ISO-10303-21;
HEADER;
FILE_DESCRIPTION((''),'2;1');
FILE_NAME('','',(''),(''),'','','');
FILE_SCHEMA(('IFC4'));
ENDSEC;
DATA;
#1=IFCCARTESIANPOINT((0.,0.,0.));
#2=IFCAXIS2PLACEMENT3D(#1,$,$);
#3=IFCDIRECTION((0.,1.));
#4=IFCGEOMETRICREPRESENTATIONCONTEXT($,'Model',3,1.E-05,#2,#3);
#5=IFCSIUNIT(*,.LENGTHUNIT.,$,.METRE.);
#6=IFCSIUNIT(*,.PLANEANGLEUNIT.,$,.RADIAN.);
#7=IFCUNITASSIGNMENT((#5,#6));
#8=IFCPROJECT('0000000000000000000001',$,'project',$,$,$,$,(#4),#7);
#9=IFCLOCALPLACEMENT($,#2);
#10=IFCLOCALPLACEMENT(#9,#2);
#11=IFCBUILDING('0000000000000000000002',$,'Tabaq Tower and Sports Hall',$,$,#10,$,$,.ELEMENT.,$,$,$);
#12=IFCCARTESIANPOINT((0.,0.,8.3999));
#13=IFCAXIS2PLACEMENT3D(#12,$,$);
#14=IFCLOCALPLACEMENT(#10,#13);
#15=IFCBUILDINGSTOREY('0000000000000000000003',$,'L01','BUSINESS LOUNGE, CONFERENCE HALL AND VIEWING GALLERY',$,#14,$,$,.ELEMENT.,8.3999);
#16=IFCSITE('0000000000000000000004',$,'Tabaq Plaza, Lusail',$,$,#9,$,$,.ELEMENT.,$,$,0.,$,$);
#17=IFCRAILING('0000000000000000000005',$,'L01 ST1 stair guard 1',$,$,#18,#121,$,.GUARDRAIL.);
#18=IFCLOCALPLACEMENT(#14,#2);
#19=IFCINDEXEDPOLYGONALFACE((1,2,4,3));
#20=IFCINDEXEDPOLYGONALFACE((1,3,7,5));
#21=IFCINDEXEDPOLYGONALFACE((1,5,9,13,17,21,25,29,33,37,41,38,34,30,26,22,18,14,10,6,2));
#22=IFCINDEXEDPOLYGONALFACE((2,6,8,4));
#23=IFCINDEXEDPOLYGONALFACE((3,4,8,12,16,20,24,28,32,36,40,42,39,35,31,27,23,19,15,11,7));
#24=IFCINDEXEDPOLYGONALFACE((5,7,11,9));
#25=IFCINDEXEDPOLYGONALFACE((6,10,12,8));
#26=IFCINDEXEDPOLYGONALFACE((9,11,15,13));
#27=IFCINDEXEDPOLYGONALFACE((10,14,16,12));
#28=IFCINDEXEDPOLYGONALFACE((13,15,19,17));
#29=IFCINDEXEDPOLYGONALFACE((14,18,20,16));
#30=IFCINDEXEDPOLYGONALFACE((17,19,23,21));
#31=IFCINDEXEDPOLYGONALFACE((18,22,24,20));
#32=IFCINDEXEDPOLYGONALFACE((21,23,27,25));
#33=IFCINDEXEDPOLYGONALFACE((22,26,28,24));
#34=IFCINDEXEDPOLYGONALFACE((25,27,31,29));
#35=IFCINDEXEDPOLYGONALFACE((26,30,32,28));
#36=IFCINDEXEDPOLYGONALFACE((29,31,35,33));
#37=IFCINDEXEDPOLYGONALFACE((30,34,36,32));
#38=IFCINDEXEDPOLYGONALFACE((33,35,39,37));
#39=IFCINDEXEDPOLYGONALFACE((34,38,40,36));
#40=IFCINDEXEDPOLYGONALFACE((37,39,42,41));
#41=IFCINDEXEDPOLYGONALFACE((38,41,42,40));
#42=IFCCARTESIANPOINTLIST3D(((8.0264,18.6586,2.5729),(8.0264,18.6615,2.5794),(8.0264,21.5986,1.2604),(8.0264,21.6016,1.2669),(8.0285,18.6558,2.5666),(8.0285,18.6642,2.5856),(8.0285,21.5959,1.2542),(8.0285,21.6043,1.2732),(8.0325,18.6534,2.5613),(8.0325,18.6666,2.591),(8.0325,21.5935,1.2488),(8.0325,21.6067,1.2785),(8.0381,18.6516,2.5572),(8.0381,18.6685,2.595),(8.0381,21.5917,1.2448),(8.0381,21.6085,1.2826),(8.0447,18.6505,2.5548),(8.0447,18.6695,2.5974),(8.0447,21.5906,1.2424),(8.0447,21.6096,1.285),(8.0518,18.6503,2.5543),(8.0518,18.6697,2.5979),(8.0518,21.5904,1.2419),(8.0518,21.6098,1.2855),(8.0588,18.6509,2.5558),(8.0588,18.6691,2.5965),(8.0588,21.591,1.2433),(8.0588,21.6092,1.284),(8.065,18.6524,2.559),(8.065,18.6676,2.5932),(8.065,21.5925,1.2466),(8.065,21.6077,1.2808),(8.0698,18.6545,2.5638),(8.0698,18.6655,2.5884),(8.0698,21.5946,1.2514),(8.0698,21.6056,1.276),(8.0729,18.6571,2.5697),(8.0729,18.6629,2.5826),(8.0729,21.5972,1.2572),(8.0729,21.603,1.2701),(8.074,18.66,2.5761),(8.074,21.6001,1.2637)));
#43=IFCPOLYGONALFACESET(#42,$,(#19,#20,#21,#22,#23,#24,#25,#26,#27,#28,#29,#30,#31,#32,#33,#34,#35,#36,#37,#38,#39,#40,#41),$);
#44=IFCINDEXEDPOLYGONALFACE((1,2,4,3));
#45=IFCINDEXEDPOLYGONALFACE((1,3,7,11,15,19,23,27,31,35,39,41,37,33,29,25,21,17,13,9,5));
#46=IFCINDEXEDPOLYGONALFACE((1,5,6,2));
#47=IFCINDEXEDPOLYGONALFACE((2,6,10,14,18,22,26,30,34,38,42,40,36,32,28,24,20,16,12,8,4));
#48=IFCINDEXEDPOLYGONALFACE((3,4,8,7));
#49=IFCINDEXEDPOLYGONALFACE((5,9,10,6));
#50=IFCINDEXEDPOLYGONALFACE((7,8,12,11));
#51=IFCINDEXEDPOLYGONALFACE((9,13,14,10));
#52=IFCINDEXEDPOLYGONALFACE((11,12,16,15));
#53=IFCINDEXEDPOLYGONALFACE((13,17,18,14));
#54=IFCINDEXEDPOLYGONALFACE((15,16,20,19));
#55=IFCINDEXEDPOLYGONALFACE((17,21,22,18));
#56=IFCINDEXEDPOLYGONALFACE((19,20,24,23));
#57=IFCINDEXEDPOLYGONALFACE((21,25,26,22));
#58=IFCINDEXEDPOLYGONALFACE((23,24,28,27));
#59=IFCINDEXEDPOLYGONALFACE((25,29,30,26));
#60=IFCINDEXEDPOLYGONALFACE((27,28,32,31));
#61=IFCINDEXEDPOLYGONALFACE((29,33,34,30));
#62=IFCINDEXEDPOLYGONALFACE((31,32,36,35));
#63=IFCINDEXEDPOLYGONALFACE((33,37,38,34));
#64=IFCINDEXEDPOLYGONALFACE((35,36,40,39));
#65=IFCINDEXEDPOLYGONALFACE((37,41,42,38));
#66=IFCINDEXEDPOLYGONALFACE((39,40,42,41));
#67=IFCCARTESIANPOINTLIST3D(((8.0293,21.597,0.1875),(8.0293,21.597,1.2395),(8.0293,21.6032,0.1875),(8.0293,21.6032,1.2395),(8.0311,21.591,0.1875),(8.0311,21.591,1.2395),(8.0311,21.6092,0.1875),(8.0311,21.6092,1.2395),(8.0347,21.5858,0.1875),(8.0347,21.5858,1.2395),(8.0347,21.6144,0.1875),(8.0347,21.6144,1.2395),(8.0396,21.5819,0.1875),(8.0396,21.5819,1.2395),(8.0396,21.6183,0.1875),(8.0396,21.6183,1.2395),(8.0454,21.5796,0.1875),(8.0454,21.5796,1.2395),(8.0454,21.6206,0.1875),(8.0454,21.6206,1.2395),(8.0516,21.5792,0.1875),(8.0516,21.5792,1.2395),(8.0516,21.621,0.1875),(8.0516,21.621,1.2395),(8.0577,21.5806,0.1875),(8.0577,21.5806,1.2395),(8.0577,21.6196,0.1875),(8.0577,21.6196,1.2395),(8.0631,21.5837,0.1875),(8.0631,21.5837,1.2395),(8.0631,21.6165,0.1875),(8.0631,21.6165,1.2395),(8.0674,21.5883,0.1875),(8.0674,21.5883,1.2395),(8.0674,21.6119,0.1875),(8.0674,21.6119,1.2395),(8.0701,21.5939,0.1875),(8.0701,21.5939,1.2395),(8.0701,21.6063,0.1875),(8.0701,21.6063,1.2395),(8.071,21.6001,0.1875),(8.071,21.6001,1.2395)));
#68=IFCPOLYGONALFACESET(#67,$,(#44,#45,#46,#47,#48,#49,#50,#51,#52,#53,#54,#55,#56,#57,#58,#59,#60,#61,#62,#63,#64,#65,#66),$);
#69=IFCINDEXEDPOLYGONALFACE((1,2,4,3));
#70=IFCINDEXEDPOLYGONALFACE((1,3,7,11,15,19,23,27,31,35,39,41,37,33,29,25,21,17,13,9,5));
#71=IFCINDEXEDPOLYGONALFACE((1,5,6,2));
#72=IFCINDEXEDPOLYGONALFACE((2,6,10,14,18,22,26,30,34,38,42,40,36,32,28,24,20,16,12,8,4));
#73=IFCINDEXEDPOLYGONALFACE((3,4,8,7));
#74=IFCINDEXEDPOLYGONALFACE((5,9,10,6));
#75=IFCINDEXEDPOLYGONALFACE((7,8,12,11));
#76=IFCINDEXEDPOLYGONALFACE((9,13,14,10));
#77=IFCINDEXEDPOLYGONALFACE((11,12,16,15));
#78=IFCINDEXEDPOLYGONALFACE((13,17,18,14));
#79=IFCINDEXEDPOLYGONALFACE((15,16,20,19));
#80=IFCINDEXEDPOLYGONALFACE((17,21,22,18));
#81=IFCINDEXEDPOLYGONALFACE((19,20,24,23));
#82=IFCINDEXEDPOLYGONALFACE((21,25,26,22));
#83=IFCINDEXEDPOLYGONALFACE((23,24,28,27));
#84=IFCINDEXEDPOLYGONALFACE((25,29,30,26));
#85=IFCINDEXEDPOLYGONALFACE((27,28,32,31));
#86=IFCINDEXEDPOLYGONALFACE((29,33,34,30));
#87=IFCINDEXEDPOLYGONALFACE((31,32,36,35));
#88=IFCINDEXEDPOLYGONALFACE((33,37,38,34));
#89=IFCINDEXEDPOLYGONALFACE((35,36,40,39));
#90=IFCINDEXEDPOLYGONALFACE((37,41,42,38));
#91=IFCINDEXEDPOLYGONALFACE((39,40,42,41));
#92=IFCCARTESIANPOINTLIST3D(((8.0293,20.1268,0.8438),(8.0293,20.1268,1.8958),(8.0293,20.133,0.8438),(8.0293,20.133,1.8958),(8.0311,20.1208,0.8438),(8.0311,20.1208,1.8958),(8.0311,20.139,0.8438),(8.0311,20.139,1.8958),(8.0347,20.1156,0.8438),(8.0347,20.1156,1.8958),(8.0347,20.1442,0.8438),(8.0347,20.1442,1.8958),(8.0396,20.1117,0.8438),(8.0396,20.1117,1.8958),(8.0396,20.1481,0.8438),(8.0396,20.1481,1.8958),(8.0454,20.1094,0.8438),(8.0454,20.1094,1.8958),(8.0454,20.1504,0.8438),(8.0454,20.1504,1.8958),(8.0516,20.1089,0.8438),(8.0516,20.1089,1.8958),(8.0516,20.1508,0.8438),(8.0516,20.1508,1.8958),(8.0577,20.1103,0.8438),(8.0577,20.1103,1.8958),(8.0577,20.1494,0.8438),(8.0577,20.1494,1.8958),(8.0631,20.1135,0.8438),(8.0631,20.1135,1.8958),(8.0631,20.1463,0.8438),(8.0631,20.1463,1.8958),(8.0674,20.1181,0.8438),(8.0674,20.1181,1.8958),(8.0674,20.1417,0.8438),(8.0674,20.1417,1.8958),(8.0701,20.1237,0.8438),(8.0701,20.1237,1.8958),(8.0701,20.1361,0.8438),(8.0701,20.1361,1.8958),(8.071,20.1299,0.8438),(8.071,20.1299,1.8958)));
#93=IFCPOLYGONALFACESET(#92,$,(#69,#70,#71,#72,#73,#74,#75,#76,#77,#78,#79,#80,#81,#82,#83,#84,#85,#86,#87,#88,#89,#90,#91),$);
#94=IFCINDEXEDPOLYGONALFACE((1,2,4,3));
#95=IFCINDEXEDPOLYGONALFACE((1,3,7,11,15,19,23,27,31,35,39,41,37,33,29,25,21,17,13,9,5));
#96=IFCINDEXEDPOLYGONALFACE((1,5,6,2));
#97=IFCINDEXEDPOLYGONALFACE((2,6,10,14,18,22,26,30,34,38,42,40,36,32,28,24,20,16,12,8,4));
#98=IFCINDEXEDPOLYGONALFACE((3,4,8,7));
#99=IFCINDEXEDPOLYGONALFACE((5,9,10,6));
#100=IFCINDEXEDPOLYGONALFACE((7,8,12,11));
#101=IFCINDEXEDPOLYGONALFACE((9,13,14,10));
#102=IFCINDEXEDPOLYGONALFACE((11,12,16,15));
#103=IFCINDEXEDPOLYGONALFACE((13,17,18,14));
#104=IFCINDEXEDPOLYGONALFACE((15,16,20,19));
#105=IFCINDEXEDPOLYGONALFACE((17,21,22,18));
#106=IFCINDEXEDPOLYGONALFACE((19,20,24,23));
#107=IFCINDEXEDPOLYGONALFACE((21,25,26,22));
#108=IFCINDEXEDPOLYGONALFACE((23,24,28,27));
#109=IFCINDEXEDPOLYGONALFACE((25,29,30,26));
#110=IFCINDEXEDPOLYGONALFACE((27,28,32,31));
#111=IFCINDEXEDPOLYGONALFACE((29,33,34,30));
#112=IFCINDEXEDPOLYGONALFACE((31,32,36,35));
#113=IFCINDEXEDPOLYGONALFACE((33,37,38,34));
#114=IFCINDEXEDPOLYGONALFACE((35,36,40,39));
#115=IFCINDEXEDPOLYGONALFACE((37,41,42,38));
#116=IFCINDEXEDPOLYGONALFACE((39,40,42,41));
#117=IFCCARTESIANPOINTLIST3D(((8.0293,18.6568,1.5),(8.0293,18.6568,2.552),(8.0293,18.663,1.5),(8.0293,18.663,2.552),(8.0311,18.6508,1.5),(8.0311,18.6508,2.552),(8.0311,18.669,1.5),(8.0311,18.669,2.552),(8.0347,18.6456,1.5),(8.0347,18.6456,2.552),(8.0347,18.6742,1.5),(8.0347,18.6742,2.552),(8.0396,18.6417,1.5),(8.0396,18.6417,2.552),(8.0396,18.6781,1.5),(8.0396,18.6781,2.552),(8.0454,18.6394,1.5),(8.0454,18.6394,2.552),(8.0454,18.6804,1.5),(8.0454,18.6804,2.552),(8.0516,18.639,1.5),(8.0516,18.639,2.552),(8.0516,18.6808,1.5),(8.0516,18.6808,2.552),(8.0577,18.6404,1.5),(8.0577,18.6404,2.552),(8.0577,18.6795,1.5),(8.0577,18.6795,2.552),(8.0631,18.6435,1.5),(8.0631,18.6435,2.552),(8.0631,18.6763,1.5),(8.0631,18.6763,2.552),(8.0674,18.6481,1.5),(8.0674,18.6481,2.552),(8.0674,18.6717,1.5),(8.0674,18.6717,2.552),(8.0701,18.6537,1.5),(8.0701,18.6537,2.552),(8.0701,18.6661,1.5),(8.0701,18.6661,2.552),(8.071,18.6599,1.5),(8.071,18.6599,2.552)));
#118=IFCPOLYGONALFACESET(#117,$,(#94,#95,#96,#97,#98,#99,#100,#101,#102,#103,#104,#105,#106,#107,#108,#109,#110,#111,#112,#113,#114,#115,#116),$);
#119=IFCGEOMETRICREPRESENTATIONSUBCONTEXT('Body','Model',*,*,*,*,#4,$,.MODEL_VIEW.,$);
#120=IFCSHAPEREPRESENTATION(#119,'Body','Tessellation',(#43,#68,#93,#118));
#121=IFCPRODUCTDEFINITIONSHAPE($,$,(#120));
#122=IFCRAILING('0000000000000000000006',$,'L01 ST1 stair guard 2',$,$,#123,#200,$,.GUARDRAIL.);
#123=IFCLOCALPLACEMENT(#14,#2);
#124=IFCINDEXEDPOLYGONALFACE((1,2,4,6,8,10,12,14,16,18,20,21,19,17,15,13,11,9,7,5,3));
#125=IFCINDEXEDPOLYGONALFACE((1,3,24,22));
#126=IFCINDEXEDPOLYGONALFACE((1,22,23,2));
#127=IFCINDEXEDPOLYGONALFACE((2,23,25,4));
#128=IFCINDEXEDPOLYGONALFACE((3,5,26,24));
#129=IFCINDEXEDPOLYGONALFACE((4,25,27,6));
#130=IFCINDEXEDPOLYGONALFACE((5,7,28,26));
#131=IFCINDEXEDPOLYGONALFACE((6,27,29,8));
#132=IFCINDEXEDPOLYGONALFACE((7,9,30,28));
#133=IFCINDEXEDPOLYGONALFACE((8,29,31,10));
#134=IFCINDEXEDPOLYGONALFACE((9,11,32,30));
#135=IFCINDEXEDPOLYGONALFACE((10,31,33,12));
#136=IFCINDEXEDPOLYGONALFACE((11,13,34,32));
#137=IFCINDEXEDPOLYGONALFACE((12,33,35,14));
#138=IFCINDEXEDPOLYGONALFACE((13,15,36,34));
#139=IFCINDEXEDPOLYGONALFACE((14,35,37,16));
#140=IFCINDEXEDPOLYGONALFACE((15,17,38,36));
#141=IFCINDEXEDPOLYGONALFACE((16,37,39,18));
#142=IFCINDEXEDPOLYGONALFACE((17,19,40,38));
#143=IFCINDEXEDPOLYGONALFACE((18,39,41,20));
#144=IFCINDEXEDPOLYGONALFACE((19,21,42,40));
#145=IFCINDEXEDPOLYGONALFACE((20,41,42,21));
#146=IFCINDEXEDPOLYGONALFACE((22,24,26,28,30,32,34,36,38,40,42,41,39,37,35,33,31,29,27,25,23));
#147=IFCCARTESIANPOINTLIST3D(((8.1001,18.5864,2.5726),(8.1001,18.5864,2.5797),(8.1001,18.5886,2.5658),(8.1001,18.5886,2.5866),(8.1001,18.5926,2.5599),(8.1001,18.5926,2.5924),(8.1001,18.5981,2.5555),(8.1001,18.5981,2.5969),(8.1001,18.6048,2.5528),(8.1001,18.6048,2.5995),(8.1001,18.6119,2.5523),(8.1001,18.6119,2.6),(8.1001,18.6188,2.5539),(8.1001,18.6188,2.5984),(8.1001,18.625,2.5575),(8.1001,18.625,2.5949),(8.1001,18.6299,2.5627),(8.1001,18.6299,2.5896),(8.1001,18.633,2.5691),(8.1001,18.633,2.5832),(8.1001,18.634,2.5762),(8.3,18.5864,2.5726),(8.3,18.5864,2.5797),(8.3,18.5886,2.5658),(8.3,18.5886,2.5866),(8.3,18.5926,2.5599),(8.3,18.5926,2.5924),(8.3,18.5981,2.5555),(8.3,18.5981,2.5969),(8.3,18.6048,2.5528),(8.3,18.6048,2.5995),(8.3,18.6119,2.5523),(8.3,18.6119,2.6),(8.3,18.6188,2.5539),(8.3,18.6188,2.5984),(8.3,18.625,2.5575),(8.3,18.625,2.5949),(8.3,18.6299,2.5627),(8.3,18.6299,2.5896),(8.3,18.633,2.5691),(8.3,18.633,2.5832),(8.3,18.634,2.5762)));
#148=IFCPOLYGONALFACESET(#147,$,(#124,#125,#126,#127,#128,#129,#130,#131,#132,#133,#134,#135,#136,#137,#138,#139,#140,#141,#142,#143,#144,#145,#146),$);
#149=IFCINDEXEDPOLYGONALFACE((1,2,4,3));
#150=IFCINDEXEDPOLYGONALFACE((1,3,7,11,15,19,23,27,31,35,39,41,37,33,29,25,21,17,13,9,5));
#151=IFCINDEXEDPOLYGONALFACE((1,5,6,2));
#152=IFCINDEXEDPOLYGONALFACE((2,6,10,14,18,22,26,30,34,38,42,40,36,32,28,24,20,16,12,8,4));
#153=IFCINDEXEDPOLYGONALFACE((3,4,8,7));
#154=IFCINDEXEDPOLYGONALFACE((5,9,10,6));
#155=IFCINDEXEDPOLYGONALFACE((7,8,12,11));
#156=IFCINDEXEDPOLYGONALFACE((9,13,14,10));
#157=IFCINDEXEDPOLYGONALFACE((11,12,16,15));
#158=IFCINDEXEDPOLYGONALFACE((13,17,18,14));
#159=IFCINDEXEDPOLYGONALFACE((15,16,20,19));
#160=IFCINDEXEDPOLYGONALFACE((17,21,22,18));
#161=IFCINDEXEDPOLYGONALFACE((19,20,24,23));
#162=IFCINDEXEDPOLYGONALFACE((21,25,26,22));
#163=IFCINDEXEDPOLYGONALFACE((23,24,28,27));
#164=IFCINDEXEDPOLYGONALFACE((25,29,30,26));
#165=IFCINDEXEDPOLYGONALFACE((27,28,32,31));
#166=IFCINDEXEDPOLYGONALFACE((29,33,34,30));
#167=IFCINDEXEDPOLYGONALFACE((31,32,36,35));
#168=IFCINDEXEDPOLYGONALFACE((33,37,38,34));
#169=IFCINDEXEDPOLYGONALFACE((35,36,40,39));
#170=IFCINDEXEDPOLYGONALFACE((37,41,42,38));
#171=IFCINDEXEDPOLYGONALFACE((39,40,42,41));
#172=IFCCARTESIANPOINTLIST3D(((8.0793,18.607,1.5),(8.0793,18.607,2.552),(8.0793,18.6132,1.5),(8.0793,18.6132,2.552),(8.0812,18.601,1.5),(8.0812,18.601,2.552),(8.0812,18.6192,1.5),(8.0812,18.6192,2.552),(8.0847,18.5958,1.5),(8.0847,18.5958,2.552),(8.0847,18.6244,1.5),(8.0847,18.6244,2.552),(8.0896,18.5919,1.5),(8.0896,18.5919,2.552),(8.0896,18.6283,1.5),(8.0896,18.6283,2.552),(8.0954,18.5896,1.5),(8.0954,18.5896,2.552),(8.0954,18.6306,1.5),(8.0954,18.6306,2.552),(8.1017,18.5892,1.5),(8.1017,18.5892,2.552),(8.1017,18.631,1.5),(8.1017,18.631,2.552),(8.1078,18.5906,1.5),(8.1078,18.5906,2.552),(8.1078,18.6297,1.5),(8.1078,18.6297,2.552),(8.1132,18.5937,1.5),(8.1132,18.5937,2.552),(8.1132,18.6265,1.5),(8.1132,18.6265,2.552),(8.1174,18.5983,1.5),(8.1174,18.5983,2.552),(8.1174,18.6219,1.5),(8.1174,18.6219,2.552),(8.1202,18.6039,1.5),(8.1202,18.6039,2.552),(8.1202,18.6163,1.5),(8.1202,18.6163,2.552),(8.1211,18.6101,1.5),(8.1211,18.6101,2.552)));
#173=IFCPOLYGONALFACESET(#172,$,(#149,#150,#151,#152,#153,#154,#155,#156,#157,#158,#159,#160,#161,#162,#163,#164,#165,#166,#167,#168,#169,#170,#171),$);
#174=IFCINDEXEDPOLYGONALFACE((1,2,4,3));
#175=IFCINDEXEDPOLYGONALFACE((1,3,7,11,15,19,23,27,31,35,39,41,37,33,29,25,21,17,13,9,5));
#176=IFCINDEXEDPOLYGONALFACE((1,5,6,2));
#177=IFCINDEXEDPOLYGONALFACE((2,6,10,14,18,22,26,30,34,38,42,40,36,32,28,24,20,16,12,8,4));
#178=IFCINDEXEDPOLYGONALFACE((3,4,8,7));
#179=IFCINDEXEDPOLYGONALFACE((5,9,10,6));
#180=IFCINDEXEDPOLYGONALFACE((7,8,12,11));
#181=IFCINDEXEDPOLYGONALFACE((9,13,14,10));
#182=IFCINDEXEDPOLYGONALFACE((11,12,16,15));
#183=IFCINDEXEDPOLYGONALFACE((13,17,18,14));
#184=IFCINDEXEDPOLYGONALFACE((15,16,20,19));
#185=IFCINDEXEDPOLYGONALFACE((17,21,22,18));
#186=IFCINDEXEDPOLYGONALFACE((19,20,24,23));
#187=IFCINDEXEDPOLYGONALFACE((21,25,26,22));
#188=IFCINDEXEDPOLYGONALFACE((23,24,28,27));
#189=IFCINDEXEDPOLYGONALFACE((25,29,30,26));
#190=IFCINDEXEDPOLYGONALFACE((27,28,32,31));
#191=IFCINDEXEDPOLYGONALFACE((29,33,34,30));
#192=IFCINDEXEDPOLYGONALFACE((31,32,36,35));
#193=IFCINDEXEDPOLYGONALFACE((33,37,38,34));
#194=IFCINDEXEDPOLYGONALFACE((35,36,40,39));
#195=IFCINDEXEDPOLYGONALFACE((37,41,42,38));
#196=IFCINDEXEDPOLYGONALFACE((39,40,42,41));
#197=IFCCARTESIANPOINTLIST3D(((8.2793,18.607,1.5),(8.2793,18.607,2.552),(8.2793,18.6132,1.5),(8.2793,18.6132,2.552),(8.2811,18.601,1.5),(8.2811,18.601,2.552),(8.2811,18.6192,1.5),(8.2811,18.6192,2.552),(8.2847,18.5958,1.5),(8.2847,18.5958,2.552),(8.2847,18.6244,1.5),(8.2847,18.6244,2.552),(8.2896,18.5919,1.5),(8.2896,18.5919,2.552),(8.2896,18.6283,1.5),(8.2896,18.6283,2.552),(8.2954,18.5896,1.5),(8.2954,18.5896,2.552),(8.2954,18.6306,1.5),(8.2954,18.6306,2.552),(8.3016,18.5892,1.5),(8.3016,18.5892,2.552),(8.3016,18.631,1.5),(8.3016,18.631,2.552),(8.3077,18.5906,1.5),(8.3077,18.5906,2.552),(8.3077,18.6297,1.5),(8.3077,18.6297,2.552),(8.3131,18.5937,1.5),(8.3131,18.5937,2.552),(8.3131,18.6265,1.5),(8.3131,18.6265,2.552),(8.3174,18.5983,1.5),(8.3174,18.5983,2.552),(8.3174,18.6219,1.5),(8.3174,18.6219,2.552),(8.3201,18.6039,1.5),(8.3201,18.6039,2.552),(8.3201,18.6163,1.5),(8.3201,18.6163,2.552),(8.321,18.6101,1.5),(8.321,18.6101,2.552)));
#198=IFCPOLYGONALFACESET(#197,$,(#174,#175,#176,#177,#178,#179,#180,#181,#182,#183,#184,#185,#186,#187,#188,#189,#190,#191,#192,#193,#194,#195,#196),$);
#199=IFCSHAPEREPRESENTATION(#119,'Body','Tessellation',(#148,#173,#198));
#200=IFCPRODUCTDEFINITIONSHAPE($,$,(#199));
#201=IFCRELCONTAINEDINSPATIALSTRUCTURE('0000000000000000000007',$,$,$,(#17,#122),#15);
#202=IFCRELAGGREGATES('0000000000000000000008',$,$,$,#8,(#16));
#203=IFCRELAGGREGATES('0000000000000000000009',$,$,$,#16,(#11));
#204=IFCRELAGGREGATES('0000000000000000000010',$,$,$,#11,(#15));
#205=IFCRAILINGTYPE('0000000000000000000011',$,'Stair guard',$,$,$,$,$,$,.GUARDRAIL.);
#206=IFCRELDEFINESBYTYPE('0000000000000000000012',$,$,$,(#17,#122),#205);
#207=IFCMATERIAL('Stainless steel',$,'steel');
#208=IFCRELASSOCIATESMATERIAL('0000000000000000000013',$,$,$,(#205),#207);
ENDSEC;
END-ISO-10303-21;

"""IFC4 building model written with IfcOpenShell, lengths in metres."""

from ifc_helpers import new_model, si_unit, direction, frame, origin, origin_2d, place, context, subcontext, project, spatial, circle, extrude, material, type_object, element, save


model = new_model("IFC4")

# Units and contexts
model_context = context("Model", 3, precision=1e-05, world=origin(), true_north=direction((0.0, 1.0)))
body_context = subcontext(model_context, "Body", "Model", "MODEL_VIEW")
ifc_project = project(units=[si_unit("LENGTHUNIT", "METRE"), si_unit("PLANEANGLEUNIT", "RADIAN")], contexts=[model_context])

# Site, building, storey
site_placement = place(None, origin())
site = spatial("IfcSite", under=ifc_project, at=site_placement, Name="Tabaq Plaza, Lusail", CompositionType="ELEMENT", RefElevation=0.0)
building_placement = place(site_placement, origin())
building = spatial("IfcBuilding", under=site, at=building_placement, Name="Tabaq Tower and Sports Hall", CompositionType="ELEMENT")
storey_placement = place(building_placement, frame((0.0, 0.0, 8.3999)))
storey = spatial("IfcBuildingStorey", under=building, at=storey_placement, Name="L01", Description="BUSINESS LOUNGE, CONFERENCE HALL AND VIEWING GALLERY", CompositionType="ELEMENT", Elevation=8.3999)

# Railings
ifc_material_1 = material(Name="Stainless steel", Category="steel")
railing_type_1 = type_object("IfcRailingType", Name="Stair guard", PredefinedType="GUARDRAIL", material=ifc_material_1)
railing_1_placement = place(storey_placement, frame((8.05, 21.6001, 0.1875)))
element("IfcRailing", 1, at=railing_1_placement, inside=storey, type_object=railing_type_1, Name="L01 ST1 stair guard 1", PredefinedType="GUARDRAIL", context=body_context, shape_type="SweptSolid", body=[
    extrude(circle(Radius=0.0239, at=origin_2d()), frame((0.0, 0.0, 1.0762), z_axis=(0.0, -0.913147, 0.407629), x_axis=(1.0, 0.0, 0.0)), (0.0, 0.0, 1.0), 3.2197),
    extrude(circle(Radius=0.021, at=origin_2d()), origin(), (0.0, 0.0, 1.0), 1.052),
    extrude(circle(Radius=0.021, at=origin_2d()), frame((0.0, -1.4702, 0.6562)), (0.0, 0.0, 1.0), 1.052),
    extrude(circle(Radius=0.021, at=origin_2d()), frame((0.0, -2.9402, 1.3125)), (0.0, 0.0, 1.0), 1.052),
])
railing_2_placement = place(storey_placement, frame((8.1001, 18.6101, 1.5)))
element("IfcRailing", 2, at=railing_2_placement, inside=storey, type_object=railing_type_1, Name="L01 ST1 stair guard 2", PredefinedType="GUARDRAIL", context=body_context, shape_type="SweptSolid", body=[
    extrude(circle(Radius=0.0239, at=origin_2d()), frame((0.0, 0.0, 1.0762), z_axis=(1.0, 0.0, 0.0), x_axis=(0.0, 1.0, 0.0)), (0.0, 0.0, 1.0), 0.2),
    extrude(circle(Radius=0.021, at=origin_2d()), origin(), (0.0, 0.0, 1.0), 1.052),
    extrude(circle(Radius=0.021, at=origin_2d()), frame((0.2, 0.0, 0.0)), (0.0, 0.0, 1.0), 1.052),
])

save(model, "model.ifc")
